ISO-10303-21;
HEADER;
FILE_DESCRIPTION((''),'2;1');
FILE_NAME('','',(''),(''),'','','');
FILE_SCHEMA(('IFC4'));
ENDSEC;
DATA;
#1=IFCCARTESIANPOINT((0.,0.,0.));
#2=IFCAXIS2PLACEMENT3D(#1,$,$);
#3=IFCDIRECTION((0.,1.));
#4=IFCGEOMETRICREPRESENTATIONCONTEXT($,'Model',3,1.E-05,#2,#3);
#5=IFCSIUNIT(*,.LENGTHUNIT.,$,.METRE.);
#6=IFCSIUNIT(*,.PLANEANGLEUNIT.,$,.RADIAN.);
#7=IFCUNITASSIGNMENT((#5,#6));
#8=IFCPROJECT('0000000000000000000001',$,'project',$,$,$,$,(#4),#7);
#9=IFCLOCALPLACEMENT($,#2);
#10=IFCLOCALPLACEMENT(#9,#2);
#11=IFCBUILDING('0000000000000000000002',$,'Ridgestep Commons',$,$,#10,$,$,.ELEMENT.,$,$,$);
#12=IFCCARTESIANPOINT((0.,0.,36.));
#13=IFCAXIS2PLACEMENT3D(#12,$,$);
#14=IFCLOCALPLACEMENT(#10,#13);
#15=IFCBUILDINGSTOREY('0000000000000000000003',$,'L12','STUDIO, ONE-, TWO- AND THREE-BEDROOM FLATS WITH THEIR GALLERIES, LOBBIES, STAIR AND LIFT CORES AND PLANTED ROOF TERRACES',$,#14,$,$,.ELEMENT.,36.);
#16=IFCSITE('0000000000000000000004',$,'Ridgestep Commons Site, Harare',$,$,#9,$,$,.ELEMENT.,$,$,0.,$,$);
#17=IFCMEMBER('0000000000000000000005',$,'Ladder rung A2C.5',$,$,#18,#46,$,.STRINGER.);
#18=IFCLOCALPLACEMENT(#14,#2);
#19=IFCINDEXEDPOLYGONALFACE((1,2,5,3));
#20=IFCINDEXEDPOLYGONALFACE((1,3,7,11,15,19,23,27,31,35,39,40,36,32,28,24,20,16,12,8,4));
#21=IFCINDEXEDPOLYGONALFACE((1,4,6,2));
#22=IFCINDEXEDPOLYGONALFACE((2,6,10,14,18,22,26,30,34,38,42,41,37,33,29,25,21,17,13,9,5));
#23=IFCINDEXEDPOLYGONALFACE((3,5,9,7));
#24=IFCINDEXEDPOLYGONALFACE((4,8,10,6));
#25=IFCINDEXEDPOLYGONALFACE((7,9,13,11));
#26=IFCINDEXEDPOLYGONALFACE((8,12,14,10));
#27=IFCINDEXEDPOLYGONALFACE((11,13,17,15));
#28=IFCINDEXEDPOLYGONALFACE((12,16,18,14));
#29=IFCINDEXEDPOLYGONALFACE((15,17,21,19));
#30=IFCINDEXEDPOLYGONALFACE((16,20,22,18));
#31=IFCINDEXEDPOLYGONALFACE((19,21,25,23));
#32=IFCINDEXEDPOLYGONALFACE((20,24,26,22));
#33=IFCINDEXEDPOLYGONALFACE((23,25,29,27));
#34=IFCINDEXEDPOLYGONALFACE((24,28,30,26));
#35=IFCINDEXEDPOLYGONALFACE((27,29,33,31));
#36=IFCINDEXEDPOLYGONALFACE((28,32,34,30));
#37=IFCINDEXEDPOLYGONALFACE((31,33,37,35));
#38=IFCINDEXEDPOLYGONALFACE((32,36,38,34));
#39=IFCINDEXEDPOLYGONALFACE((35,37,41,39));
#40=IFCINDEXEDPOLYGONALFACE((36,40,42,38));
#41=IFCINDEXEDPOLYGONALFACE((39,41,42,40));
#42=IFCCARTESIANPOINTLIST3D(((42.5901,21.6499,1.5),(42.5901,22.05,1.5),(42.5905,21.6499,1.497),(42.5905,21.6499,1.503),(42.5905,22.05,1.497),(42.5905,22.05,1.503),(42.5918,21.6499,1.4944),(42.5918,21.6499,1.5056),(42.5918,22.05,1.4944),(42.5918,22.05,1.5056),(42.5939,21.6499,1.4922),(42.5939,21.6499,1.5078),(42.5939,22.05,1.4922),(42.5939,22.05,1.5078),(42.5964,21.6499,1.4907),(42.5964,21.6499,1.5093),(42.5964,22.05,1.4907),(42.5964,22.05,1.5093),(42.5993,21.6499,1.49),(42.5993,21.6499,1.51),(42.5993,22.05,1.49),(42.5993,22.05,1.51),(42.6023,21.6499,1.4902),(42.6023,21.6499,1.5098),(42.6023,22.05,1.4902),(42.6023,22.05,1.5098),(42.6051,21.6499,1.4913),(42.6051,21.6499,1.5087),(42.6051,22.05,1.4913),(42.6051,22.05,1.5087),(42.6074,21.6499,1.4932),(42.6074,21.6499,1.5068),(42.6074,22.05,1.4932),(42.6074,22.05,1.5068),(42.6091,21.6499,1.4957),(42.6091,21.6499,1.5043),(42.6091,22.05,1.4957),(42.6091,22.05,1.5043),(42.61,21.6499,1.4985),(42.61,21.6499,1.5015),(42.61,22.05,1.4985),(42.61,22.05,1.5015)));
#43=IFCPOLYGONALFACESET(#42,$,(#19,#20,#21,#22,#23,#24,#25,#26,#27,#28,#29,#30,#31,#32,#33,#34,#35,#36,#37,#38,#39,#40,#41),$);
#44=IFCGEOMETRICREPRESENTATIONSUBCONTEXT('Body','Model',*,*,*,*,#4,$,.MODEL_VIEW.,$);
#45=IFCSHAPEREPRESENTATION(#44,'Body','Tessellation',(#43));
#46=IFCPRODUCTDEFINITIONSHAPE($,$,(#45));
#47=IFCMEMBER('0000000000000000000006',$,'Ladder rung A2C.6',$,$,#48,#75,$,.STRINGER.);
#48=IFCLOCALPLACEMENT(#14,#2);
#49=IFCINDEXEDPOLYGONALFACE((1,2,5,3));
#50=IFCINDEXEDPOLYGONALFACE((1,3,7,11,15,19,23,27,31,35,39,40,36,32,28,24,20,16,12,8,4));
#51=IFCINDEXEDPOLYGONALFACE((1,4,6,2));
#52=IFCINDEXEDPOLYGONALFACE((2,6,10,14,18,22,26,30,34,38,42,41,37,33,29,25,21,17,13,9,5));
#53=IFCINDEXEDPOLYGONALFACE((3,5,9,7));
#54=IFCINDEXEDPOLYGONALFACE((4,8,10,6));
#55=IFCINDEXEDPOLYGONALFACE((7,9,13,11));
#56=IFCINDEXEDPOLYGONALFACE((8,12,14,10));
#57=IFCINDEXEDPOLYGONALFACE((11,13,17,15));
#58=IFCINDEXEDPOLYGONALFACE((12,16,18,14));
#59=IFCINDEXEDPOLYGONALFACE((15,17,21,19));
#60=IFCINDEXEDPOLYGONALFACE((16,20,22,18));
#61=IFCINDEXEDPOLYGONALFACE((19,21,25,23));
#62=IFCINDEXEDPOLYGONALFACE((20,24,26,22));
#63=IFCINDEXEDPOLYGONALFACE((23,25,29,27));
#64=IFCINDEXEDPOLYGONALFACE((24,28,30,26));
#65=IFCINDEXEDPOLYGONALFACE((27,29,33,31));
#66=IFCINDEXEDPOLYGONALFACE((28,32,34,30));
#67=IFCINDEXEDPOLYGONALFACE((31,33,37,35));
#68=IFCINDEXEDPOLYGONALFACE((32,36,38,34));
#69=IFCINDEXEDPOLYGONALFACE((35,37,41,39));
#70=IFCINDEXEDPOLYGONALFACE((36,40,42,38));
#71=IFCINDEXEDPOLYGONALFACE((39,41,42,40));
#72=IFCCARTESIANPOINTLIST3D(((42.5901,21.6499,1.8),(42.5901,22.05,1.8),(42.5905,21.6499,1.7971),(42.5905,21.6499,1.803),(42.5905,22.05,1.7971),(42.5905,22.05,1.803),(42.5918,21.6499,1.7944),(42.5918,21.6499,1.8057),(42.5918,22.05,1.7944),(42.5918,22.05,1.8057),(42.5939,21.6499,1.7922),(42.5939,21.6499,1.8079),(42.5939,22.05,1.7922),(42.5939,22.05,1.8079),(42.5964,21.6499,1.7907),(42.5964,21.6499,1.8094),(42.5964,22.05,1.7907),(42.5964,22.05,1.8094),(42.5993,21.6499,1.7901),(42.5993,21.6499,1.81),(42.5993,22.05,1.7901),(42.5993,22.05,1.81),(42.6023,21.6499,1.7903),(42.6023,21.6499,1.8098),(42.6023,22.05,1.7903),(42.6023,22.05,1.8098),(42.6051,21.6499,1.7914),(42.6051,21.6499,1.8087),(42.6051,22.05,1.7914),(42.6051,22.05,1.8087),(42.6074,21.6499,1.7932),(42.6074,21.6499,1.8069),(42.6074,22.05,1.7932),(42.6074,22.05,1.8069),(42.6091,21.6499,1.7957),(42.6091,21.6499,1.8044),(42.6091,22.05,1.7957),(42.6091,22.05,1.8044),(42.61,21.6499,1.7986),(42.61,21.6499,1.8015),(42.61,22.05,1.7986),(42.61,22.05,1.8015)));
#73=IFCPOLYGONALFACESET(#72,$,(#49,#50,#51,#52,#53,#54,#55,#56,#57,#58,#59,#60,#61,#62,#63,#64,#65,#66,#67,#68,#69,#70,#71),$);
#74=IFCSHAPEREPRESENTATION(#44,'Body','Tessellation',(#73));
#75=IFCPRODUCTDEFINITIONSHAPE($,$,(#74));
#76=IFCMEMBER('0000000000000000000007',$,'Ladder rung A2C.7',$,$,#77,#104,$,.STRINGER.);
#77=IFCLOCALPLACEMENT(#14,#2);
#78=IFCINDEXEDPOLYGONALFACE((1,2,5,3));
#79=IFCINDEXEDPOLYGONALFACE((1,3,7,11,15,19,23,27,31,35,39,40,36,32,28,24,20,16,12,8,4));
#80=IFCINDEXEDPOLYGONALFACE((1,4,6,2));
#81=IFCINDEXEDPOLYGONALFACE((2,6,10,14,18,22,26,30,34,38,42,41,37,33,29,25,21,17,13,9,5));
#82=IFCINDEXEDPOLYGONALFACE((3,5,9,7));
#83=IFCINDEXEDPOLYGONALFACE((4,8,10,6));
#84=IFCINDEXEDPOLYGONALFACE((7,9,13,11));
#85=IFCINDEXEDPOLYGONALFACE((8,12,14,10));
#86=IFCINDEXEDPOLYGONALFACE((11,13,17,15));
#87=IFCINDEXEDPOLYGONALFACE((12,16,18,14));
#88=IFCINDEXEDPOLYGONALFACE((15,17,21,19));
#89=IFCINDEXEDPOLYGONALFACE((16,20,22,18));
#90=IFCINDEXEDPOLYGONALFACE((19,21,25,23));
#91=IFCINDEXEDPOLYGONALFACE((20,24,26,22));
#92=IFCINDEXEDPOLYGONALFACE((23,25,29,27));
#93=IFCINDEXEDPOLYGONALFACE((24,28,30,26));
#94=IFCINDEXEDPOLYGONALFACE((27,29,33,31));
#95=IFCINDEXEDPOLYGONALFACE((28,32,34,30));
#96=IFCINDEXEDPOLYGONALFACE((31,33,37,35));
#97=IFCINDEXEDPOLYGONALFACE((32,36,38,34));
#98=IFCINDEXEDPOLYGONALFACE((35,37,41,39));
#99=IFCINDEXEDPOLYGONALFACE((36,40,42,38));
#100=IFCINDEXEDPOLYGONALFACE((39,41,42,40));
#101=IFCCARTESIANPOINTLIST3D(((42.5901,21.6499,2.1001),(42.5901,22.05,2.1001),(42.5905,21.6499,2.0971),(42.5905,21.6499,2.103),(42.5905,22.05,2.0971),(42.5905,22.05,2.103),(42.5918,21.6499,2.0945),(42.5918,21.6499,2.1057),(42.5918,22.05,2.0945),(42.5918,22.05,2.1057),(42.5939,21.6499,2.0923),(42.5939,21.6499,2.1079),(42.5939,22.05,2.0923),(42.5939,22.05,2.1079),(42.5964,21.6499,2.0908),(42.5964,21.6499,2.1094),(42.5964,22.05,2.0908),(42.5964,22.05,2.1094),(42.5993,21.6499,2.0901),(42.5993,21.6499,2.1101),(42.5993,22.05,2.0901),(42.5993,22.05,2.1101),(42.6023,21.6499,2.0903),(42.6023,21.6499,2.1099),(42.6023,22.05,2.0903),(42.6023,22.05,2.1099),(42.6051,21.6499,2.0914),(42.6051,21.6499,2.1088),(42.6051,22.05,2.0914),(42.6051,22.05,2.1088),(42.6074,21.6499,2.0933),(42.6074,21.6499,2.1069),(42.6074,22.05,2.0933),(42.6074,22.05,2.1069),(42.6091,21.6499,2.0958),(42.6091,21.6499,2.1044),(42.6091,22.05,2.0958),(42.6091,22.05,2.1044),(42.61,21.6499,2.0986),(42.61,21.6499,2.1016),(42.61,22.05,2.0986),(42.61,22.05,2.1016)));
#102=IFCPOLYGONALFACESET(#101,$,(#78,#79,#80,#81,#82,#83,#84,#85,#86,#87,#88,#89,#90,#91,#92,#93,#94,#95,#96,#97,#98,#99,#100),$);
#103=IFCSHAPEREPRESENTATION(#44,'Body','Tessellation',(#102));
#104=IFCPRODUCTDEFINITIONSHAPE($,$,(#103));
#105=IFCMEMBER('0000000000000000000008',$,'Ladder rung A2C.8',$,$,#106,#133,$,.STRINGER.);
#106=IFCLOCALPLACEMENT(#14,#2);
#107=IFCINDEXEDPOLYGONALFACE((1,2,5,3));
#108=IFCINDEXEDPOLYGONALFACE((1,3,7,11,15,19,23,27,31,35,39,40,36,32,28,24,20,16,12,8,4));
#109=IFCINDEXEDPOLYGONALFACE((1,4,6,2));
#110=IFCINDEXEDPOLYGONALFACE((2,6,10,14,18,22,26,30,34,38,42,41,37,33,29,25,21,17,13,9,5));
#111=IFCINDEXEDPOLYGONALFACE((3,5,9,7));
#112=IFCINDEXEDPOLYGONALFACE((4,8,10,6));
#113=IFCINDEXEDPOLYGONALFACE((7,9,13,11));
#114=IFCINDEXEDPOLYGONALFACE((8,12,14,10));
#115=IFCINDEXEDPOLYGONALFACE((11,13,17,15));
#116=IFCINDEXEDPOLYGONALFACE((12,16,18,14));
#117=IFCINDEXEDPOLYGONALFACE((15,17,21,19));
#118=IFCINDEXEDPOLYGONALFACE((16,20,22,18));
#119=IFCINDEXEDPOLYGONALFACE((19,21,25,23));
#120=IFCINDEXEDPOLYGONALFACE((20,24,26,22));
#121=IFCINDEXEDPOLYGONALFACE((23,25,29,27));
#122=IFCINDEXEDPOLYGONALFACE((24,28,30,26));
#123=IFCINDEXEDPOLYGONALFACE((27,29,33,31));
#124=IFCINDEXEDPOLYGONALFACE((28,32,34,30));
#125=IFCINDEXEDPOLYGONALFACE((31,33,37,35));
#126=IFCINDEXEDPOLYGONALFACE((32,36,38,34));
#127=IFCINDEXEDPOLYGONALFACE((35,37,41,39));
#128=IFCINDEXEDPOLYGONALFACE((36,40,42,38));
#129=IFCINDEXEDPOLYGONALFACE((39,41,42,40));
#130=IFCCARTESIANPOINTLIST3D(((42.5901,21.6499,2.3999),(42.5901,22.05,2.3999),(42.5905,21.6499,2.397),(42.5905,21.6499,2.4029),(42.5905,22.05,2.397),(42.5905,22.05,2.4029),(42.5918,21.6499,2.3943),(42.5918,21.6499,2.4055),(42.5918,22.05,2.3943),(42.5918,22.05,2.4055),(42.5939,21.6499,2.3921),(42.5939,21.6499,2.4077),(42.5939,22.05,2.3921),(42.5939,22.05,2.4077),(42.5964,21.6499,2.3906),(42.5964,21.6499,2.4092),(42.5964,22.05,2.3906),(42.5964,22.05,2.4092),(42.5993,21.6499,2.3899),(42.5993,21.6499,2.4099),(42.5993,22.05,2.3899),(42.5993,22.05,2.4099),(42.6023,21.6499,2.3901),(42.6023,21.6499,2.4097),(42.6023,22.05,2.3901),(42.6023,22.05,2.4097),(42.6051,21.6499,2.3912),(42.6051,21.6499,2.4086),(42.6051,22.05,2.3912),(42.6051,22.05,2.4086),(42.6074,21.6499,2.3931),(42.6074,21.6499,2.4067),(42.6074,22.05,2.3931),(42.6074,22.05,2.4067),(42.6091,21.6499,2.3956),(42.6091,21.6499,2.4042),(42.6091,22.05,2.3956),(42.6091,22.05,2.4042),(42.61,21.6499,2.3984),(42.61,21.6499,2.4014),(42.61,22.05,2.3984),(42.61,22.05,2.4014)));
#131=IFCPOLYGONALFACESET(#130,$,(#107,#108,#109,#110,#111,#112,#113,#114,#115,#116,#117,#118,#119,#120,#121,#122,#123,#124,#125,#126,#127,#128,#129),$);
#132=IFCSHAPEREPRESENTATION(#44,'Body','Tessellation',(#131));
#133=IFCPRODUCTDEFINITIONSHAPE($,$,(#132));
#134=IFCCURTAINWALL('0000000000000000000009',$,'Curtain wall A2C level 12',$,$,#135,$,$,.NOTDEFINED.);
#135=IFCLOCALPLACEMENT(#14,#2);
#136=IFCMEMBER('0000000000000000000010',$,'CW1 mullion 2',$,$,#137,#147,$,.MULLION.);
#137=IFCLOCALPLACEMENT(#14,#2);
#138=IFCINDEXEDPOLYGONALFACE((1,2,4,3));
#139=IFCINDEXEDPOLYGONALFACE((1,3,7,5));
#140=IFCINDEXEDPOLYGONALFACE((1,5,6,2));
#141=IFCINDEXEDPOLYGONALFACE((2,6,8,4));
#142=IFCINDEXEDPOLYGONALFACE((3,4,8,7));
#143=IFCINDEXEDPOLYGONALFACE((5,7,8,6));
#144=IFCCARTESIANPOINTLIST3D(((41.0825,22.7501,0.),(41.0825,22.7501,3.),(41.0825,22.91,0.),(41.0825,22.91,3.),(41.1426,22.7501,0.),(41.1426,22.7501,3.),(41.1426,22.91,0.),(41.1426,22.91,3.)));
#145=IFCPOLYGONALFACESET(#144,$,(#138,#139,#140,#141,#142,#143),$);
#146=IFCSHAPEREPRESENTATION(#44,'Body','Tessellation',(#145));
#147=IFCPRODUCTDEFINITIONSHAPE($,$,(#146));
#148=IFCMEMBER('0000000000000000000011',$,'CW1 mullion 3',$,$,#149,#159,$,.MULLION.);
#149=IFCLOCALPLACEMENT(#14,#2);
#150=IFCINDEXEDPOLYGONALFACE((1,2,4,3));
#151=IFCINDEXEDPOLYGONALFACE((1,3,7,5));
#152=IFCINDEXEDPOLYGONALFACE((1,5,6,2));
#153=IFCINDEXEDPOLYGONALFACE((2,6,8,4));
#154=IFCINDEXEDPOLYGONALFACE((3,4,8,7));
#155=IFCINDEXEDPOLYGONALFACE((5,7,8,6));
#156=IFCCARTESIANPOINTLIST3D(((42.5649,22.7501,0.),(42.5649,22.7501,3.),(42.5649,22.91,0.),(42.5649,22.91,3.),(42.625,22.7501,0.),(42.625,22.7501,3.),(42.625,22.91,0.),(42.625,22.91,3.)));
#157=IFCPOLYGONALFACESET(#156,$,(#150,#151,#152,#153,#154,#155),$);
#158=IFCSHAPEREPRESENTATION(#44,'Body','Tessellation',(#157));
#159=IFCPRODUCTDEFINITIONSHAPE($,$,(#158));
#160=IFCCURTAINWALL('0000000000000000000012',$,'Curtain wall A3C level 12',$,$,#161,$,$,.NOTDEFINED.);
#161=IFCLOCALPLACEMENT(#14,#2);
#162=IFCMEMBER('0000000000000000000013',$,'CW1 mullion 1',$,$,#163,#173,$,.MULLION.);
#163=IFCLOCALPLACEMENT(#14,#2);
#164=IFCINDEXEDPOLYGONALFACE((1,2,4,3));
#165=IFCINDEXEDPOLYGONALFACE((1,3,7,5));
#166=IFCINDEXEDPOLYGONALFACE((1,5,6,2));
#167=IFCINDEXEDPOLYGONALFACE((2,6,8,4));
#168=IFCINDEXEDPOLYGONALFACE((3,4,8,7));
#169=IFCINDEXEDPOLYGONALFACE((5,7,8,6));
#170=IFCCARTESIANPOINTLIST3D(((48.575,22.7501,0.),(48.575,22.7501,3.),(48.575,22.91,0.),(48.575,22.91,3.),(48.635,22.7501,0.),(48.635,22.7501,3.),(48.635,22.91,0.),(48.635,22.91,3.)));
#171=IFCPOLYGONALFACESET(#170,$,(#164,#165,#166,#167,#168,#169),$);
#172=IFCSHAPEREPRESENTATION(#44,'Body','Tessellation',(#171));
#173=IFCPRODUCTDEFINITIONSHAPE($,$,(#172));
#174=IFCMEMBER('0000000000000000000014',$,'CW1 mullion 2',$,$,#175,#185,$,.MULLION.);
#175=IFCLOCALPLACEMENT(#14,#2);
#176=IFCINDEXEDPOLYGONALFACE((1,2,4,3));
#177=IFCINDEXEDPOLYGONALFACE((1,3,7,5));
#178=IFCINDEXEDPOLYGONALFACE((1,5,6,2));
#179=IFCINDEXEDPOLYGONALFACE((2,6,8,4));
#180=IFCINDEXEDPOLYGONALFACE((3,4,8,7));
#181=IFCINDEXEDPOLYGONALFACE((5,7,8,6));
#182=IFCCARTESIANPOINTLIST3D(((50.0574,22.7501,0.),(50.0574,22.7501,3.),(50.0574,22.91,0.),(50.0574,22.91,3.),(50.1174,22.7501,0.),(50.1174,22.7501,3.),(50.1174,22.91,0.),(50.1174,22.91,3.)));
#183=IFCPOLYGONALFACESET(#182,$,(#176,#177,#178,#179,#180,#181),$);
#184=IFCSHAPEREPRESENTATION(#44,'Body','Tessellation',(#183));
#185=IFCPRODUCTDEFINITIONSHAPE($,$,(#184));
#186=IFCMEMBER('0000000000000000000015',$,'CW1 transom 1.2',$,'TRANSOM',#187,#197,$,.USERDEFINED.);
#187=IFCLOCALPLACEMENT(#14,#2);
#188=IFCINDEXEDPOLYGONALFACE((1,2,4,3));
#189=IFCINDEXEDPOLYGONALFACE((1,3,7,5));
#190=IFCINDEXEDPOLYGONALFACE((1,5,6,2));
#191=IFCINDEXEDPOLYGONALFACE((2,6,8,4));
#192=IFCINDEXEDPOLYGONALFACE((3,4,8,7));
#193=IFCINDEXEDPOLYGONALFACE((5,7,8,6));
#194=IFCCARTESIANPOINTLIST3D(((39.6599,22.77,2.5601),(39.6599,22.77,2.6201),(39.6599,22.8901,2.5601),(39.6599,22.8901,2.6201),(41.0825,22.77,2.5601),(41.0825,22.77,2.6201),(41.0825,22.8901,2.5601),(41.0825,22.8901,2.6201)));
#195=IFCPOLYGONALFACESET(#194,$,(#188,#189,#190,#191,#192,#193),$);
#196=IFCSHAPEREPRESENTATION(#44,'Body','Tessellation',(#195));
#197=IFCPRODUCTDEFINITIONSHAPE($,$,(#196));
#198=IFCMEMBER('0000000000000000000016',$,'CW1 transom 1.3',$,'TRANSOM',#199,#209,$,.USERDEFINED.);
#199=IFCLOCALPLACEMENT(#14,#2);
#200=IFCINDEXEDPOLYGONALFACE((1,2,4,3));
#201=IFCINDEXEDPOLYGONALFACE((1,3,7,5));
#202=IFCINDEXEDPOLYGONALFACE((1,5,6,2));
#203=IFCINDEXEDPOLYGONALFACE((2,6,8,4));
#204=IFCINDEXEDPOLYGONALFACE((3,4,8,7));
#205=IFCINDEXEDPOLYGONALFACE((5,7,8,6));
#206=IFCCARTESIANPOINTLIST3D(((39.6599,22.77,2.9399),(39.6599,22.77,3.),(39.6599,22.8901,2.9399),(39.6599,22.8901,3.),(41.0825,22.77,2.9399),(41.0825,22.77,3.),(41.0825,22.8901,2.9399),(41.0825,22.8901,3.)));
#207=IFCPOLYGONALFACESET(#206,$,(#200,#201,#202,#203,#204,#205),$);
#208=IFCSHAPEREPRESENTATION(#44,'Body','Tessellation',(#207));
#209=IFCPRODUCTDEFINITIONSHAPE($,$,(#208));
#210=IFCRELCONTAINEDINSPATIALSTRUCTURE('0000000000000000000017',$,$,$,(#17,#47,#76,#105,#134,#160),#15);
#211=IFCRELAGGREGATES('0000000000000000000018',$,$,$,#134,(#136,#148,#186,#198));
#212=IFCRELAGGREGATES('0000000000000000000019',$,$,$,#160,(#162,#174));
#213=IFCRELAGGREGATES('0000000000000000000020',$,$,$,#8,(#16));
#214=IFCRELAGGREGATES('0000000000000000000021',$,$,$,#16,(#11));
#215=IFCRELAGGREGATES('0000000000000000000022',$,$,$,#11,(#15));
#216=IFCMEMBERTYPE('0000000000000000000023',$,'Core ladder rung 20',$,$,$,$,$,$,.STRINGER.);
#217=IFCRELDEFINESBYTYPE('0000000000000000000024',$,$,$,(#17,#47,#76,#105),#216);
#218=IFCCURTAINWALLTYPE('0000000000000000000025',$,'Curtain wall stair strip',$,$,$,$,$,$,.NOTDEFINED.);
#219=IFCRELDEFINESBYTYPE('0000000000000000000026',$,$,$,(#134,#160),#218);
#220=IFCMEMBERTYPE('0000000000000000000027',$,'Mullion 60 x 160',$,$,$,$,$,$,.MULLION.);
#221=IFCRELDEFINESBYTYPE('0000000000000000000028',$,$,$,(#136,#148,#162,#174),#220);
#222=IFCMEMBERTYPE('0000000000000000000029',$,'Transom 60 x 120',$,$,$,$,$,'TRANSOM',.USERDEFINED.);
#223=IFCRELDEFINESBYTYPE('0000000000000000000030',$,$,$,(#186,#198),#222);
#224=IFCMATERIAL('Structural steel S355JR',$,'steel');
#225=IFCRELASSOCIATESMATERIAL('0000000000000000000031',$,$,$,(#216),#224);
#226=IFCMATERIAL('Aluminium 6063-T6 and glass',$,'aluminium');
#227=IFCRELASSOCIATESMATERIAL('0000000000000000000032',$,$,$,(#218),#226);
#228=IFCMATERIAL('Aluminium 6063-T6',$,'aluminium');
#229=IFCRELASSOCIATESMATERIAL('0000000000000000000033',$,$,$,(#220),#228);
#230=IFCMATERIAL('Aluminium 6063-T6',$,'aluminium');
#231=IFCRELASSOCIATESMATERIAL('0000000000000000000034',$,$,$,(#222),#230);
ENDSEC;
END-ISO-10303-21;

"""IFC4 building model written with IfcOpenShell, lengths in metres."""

from ifc_helpers import new_model, si_unit, direction, frame, origin, origin_2d, place, context, subcontext, project, spatial, rectangle, circle, extrude, material, material_profile, profile_set, type_object, element, aggregate, save


model = new_model("IFC4")

# Units and contexts
model_context = context("Model", 3, precision=1e-05, world=origin(), true_north=direction((0.0, 1.0)))
body_context = subcontext(model_context, "Body", "Model", "MODEL_VIEW")
ifc_project = project(units=[si_unit("LENGTHUNIT", "METRE"), si_unit("PLANEANGLEUNIT", "RADIAN")], contexts=[model_context])

# Site, building, storey
site_placement = place(None, origin())
site = spatial("IfcSite", under=ifc_project, at=site_placement, Name="Ridgestep Commons Site, Harare", CompositionType="ELEMENT", RefElevation=0.0)
building_placement = place(site_placement, origin())
building = spatial("IfcBuilding", under=site, at=building_placement, Name="Ridgestep Commons", CompositionType="ELEMENT")
storey_placement = place(building_placement, frame((0.0, 0.0, 36.0)))
storey = spatial("IfcBuildingStorey", under=building, at=storey_placement, Name="L12", Description="STUDIO, ONE-, TWO- AND THREE-BEDROOM FLATS WITH THEIR GALLERIES, LOBBIES, STAIR AND LIFT CORES AND PLANTED ROOF TERRACES", CompositionType="ELEMENT", Elevation=36.0)

# Members
ifc_material_1 = material(Name="Structural steel S355JR", Category="steel")
ifc_material_profile_1 = material_profile(ifc_material_1, circle(Radius=0.01, at=origin_2d()), Name="Round bar 20")
ifc_profile_set_1 = profile_set([ifc_material_profile_1], Name="Structural steel S355JR")
member_type_1 = type_object("IfcMemberType", Name="Core ladder rung 20", PredefinedType="STRINGER", material=ifc_profile_set_1)
for number, where, z_axis, x_axis, name in (
    (1, (42.6001, 21.6499, 1.5), (0.0, 1.0, 0.0), (-1.0, 0.0, 0.0), "Ladder rung A2C.5"),
    (2, (42.6001, 21.6499, 1.8), (0.0, 1.0, 0.0), (-1.0, 0.0, 0.0), "Ladder rung A2C.6"),
    (3, (42.6001, 21.6499, 2.1001), (0.0, 1.0, 0.0), (-1.0, 0.0, 0.0), "Ladder rung A2C.7"),
    (4, (42.6001, 21.6499, 2.3999), (0.0, 1.0, 0.0), (-1.0, 0.0, 0.0), "Ladder rung A2C.8"),
):
    element("IfcMember", number, at=place(storey_placement, frame(where, z_axis=z_axis, x_axis=x_axis)), inside=storey, type_object=member_type_1, Name=name, PredefinedType="STRINGER", context=body_context, shape_type="SweptSolid", body=[
        extrude(circle(Radius=0.01, at=origin_2d()), origin(), (0.0, 0.0, 1.0), 0.4001),
    ])

# Curtain walls, members
ifc_material_2 = material(Name="Aluminium 6063-T6 and glass", Category="aluminium")
curtain_wall_type = type_object("IfcCurtainWallType", Name="Curtain wall stair strip", PredefinedType="NOTDEFINED", material=ifc_material_2)
curtain_wall_1_placement = place(storey_placement, origin())
curtain_wall_1 = element("IfcCurtainWall", 5, at=curtain_wall_1_placement, inside=storey, type_object=curtain_wall_type, Name="Curtain wall A2C level 12", PredefinedType="NOTDEFINED")
ifc_material_3 = material(Name="Aluminium 6063-T6", Category="aluminium")
ifc_material_profile_2 = material_profile(ifc_material_3, rectangle(XDim=0.1599, YDim=0.0601, at=origin_2d()), Name="Mullion 60 x 160")
ifc_profile_set_2 = profile_set([ifc_material_profile_2], Name="Aluminium 6063-T6")
member_type_2 = type_object("IfcMemberType", Name="Mullion 60 x 160", PredefinedType="MULLION", material=ifc_profile_set_2)
member_1_placement = place(storey_placement, frame((41.1125, 22.8301, 0.0), z_axis=(0.0, 0.0, 1.0), x_axis=(0.0, 1.0, 0.0)))
member_1 = element("IfcMember", 6, at=member_1_placement, type_object=member_type_2, Name="CW1 mullion 2", PredefinedType="MULLION", context=body_context, shape_type="SweptSolid", body=[
    extrude(rectangle(XDim=0.1599, YDim=0.0601, at=origin_2d()), origin(), (0.0, 0.0, 1.0), 3.0),
])
member_2_placement = place(storey_placement, frame((42.595, 22.8301, 0.0), z_axis=(0.0, 0.0, 1.0), x_axis=(0.0, 1.0, 0.0)))
member_2 = element("IfcMember", 7, at=member_2_placement, type_object=member_type_2, Name="CW1 mullion 3", PredefinedType="MULLION", context=body_context, shape_type="SweptSolid", body=[
    extrude(rectangle(XDim=0.1599, YDim=0.0601, at=origin_2d()), origin(), (0.0, 0.0, 1.0), 3.0),
])
curtain_wall_2_placement = place(storey_placement, origin())
curtain_wall_2 = element("IfcCurtainWall", 8, at=curtain_wall_2_placement, inside=storey, type_object=curtain_wall_type, Name="Curtain wall A3C level 12", PredefinedType="NOTDEFINED")
member_3_placement = place(storey_placement, frame((48.605, 22.8301, 0.0), z_axis=(0.0, 0.0, 1.0), x_axis=(0.0, 1.0, 0.0)))
member_3 = element("IfcMember", 9, at=member_3_placement, type_object=member_type_2, Name="CW1 mullion 1", PredefinedType="MULLION", context=body_context, shape_type="SweptSolid", body=[
    extrude(rectangle(XDim=0.1599, YDim=0.0601, at=origin_2d()), origin(), (0.0, 0.0, 1.0), 3.0),
])
member_4_placement = place(storey_placement, frame((50.0874, 22.8301, 0.0), z_axis=(0.0, 0.0, 1.0), x_axis=(0.0, 1.0, 0.0)))
member_4 = element("IfcMember", 10, at=member_4_placement, type_object=member_type_2, Name="CW1 mullion 2", PredefinedType="MULLION", context=body_context, shape_type="SweptSolid", body=[
    extrude(rectangle(XDim=0.1599, YDim=0.0601, at=origin_2d()), origin(), (0.0, 0.0, 1.0), 3.0),
])

# Members
ifc_material_4 = material(Name="Aluminium 6063-T6", Category="aluminium")
ifc_material_profile_3 = material_profile(ifc_material_4, rectangle(XDim=0.1201, YDim=0.0601, at=origin_2d()), Name="Transom 60 x 120")
ifc_profile_set_3 = profile_set([ifc_material_profile_3], Name="Aluminium 6063-T6")
member_type_3 = type_object("IfcMemberType", Name="Transom 60 x 120", ElementType="TRANSOM", PredefinedType="USERDEFINED", material=ifc_profile_set_3)
member_5_placement = place(storey_placement, frame((39.6599, 22.8301, 2.5901), z_axis=(1.0, 0.0, 0.0), x_axis=(0.0, 1.0, 0.0)))
member_5 = element("IfcMember", 11, at=member_5_placement, type_object=member_type_3, Name="CW1 transom 1.2", ObjectType="TRANSOM", PredefinedType="USERDEFINED", context=body_context, shape_type="SweptSolid", body=[
    extrude(rectangle(XDim=0.1201, YDim=0.0601, at=origin_2d()), origin(), (0.0, 0.0, 1.0), 1.4226),
])
member_6_placement = place(storey_placement, frame((39.6599, 22.8301, 2.97), z_axis=(1.0, 0.0, 0.0), x_axis=(0.0, 1.0, 0.0)))
member_6 = element("IfcMember", 12, at=member_6_placement, type_object=member_type_3, Name="CW1 transom 1.3", ObjectType="TRANSOM", PredefinedType="USERDEFINED", context=body_context, shape_type="SweptSolid", body=[
    extrude(rectangle(XDim=0.1201, YDim=0.0601, at=origin_2d()), origin(), (0.0, 0.0, 1.0), 1.4226),
])

aggregate(curtain_wall_1, [member_1, member_2, member_5, member_6])
aggregate(curtain_wall_2, [member_3, member_4])

save(model, "model.ifc")
